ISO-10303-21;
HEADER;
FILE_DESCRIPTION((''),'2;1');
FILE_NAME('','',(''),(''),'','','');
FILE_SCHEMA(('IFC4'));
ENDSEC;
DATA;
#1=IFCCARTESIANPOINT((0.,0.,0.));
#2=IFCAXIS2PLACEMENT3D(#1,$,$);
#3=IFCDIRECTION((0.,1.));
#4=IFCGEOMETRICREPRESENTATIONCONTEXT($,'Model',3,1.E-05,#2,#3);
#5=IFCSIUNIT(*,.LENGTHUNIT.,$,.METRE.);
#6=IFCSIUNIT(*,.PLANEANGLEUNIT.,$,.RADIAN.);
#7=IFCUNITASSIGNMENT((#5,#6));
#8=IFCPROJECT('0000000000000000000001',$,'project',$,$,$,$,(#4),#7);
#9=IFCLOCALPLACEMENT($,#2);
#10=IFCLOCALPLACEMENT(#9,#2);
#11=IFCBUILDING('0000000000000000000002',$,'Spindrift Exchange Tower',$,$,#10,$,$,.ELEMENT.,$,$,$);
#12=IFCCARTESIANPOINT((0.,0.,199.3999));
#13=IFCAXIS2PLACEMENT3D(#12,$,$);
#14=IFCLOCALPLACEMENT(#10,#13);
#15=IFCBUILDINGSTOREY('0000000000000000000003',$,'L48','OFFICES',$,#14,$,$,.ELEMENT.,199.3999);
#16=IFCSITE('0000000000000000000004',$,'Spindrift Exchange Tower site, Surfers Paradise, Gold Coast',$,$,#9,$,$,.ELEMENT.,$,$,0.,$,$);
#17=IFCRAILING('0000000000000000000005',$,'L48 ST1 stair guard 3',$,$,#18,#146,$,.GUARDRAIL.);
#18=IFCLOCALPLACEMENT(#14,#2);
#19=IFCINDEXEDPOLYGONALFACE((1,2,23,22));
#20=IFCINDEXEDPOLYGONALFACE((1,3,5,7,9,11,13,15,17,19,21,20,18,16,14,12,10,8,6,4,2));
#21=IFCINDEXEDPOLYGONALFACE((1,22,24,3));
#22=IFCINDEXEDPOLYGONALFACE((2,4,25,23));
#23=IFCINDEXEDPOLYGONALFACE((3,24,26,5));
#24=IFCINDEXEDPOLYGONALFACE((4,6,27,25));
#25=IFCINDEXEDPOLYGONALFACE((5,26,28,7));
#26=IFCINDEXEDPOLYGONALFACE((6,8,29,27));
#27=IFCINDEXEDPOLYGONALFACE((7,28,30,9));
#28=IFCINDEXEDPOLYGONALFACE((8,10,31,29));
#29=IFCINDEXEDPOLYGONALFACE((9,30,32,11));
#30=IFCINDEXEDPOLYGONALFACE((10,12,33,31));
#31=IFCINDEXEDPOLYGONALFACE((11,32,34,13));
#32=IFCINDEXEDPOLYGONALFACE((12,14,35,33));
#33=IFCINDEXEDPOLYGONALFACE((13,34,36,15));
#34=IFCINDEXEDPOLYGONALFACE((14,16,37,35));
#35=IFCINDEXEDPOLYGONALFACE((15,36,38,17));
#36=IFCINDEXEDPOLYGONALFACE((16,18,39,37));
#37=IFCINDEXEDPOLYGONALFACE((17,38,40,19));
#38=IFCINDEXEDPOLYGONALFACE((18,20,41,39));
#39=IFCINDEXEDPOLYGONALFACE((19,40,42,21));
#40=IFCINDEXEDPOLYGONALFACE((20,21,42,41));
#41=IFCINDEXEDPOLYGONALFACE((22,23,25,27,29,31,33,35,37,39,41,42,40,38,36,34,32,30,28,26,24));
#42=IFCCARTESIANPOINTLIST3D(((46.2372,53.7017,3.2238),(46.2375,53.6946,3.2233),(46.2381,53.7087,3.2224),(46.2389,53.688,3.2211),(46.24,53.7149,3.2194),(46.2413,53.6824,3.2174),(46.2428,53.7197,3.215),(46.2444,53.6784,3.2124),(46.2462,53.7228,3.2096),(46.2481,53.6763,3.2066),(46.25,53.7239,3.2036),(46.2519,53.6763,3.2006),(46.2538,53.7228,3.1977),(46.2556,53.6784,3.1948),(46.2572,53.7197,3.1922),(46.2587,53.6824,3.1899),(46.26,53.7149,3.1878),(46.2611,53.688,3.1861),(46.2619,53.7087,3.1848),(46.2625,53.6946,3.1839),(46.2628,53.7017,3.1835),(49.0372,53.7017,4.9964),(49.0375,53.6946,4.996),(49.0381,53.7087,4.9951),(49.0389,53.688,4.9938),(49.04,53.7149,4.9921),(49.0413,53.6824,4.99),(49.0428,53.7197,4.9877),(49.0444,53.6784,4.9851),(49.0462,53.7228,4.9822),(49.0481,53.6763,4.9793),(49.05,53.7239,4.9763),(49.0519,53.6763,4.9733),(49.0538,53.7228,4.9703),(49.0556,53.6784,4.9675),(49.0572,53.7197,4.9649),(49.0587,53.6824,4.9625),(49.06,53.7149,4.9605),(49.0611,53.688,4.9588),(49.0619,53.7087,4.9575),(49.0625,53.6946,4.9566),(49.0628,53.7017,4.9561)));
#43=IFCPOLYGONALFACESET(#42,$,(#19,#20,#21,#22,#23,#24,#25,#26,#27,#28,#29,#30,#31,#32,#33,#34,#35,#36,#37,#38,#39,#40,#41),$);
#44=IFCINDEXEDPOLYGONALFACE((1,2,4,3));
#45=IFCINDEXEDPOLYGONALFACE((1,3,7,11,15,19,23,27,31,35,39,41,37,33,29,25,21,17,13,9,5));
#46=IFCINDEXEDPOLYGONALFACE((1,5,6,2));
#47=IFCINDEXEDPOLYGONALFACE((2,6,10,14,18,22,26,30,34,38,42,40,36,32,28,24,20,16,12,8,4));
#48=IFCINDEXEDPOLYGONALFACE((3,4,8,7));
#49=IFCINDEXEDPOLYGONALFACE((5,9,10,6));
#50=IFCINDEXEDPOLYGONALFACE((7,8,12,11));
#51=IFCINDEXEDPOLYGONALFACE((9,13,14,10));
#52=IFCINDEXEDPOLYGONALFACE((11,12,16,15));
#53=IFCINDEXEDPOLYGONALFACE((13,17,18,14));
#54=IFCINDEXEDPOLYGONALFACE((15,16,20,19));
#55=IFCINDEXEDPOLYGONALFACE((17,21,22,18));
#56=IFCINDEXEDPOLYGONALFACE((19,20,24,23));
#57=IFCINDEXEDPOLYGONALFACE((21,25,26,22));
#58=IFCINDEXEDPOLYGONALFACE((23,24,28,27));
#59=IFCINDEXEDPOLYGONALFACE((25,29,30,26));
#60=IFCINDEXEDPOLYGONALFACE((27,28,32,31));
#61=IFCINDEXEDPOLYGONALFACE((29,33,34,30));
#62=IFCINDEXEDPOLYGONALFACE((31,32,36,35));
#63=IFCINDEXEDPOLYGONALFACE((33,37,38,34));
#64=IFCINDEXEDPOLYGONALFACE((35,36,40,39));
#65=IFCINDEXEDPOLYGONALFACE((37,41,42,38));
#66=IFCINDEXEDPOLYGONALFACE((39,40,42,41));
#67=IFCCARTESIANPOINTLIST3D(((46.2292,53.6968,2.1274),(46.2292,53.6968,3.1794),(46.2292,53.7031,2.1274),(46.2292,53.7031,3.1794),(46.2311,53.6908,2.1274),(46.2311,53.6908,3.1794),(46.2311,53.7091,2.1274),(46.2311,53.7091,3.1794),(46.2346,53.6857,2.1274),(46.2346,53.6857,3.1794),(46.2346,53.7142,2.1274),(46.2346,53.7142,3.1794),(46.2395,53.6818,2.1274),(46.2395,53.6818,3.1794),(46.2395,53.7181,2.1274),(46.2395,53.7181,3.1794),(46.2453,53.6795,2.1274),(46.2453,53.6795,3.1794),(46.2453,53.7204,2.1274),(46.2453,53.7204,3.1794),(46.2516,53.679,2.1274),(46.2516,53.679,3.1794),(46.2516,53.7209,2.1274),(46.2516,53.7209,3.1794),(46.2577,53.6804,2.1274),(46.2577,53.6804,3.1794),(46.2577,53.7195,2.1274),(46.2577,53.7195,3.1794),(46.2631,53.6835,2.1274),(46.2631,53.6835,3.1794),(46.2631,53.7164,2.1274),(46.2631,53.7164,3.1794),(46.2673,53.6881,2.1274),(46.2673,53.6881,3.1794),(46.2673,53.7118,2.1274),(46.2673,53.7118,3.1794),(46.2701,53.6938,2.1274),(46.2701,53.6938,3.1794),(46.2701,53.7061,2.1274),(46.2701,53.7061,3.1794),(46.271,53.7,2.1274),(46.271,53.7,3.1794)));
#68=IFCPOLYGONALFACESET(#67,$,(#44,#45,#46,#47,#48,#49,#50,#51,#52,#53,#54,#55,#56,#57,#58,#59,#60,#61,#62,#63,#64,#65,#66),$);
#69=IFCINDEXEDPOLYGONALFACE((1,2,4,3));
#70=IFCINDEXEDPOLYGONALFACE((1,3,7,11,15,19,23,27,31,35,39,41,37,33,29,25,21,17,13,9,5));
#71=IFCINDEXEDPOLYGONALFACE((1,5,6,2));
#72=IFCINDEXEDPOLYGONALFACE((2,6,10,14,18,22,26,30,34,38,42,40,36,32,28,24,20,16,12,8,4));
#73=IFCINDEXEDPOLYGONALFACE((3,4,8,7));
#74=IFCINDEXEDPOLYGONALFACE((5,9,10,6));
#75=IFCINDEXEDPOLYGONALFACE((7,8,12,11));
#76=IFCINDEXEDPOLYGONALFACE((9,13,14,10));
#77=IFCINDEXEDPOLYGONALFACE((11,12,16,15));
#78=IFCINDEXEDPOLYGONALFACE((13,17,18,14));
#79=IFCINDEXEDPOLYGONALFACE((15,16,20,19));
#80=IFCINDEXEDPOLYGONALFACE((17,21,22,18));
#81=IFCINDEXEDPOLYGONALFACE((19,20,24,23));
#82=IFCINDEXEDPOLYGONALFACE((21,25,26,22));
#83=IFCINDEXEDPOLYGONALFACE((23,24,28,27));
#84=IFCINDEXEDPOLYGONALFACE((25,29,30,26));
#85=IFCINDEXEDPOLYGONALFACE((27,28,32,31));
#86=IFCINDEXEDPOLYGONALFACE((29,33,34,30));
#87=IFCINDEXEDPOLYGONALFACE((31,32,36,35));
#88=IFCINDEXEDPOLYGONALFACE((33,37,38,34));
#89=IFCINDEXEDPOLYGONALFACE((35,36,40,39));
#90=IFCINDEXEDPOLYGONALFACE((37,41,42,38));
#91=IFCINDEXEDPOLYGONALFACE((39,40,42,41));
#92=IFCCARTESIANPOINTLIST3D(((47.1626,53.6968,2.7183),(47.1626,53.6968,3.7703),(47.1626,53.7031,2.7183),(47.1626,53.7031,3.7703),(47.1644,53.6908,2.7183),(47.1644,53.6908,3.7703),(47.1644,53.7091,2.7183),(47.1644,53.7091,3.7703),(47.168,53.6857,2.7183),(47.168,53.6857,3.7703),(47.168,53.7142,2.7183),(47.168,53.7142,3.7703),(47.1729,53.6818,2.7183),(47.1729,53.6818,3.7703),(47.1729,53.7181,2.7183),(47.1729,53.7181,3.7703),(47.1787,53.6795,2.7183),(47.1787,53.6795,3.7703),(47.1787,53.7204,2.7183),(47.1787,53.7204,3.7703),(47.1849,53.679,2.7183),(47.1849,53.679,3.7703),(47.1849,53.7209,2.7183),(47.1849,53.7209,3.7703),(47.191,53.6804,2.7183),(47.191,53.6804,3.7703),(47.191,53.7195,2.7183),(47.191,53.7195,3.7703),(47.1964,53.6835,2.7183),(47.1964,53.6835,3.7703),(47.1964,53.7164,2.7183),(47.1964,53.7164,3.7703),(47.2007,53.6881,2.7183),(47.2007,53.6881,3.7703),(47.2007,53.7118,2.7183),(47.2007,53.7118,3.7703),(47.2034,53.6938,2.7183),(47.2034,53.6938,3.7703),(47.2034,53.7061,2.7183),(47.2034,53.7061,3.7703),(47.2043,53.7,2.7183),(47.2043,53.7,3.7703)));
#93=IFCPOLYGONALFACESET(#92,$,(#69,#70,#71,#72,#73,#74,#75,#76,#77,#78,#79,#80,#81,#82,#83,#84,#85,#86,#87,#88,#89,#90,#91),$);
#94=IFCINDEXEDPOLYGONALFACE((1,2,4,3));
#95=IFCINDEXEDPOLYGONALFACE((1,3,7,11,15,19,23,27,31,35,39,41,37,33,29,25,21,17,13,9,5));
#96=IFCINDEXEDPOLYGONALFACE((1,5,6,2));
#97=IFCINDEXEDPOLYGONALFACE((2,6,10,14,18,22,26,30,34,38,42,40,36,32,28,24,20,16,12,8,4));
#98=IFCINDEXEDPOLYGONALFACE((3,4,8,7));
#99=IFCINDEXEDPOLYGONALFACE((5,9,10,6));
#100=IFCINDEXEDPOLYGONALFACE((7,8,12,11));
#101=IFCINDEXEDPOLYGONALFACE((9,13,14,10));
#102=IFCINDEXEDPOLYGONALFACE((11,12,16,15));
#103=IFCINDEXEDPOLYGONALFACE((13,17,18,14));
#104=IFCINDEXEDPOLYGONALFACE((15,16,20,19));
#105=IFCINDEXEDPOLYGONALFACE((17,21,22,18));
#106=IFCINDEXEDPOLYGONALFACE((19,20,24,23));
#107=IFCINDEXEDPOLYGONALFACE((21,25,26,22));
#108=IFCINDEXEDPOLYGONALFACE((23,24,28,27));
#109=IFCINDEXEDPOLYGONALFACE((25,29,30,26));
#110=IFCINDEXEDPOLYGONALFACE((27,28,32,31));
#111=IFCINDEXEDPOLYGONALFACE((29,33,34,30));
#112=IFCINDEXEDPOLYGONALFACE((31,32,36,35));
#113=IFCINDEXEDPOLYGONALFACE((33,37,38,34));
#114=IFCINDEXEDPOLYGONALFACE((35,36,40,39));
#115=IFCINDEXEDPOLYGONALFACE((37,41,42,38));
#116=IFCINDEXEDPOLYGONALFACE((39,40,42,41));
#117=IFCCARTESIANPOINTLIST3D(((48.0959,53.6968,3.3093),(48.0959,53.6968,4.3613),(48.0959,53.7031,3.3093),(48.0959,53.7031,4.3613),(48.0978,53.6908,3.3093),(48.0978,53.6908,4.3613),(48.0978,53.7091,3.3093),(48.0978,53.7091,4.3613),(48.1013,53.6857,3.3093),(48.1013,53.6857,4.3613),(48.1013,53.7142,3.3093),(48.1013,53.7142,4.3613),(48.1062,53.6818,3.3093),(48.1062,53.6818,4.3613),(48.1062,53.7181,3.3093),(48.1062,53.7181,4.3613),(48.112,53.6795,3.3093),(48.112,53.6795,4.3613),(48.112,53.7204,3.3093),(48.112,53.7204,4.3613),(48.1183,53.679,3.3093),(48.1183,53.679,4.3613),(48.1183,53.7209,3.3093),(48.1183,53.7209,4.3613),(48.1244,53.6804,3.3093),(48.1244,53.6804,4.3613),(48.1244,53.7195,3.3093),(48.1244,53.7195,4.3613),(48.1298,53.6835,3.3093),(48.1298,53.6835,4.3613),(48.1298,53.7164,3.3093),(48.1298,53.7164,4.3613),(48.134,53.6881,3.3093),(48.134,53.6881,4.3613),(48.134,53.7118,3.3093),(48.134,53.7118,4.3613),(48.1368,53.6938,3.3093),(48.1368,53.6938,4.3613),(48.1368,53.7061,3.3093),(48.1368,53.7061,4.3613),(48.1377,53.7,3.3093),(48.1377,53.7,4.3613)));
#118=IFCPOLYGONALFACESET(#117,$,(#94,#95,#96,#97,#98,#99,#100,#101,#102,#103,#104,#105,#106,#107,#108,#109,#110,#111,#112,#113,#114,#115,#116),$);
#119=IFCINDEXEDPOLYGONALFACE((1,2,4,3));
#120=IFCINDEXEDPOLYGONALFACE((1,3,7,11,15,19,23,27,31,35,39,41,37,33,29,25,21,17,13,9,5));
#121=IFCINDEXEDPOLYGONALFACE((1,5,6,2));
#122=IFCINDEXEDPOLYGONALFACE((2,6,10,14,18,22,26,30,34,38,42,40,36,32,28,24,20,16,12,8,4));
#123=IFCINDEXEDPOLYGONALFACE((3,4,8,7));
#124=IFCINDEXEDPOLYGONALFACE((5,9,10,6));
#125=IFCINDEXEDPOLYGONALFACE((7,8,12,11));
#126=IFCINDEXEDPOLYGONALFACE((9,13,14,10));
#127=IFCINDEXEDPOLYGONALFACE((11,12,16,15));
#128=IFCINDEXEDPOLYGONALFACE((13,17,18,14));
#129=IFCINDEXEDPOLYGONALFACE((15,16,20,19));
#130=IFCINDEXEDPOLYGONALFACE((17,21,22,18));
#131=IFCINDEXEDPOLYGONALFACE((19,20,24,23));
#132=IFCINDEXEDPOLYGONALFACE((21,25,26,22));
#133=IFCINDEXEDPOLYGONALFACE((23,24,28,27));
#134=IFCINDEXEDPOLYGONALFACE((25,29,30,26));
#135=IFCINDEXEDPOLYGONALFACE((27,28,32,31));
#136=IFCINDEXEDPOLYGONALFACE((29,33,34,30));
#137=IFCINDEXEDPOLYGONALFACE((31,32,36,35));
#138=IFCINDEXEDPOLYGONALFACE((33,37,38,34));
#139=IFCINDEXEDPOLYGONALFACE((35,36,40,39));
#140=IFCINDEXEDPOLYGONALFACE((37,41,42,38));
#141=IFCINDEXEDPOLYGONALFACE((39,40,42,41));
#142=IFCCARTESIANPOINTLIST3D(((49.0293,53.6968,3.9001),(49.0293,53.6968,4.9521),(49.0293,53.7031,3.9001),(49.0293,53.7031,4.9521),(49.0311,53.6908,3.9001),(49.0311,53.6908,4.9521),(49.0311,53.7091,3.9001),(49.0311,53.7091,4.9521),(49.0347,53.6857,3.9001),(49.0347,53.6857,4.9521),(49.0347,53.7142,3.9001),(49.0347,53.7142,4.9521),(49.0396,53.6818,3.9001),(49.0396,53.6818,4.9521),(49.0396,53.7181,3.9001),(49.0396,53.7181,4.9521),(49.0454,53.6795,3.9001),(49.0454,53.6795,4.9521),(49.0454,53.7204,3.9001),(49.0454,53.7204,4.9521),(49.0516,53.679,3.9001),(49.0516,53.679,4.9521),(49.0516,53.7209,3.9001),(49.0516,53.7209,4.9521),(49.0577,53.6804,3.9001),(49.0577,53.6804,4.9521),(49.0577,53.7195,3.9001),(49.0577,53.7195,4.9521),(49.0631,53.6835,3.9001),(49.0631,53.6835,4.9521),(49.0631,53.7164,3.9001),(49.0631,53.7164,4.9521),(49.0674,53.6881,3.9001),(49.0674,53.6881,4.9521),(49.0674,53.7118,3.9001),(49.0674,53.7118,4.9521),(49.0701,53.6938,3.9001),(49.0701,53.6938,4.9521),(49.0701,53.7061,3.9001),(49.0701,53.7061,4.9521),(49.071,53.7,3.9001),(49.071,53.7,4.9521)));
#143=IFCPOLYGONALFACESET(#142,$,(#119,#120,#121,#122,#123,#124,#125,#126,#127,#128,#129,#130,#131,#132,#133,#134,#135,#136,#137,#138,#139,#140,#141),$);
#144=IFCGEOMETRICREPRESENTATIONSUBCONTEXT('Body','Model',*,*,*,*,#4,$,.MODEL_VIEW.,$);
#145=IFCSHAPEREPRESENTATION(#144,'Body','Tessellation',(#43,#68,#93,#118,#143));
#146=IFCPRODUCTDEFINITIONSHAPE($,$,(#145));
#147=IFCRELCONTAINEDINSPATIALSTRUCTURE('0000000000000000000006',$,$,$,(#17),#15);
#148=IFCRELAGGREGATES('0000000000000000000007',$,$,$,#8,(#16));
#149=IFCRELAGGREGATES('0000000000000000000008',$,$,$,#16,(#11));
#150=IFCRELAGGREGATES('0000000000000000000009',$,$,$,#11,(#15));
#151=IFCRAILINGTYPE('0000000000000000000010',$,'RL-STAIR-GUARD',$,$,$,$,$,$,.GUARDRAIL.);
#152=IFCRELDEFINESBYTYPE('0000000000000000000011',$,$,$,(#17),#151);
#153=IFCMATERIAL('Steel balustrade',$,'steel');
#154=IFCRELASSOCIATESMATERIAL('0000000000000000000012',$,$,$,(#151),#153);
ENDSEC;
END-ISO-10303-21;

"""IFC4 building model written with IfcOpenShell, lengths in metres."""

from ifc_helpers import new_model, si_unit, direction, frame, origin, origin_2d, place, context, subcontext, project, spatial, circle, extrude, material, type_object, element, save


model = new_model("IFC4")

# Units and contexts
model_context = context("Model", 3, precision=1e-05, world=origin(), true_north=direction((0.0, 1.0)))
body_context = subcontext(model_context, "Body", "Model", "MODEL_VIEW")
ifc_project = project(units=[si_unit("LENGTHUNIT", "METRE"), si_unit("PLANEANGLEUNIT", "RADIAN")], contexts=[model_context])

# Site, building, storey
site_placement = place(None, origin())
site = spatial("IfcSite", under=ifc_project, at=site_placement, Name="Spindrift Exchange Tower site, Surfers Paradise, Gold Coast", CompositionType="ELEMENT", RefElevation=0.0)
building_placement = place(site_placement, origin())
building = spatial("IfcBuilding", under=site, at=building_placement, Name="Spindrift Exchange Tower", CompositionType="ELEMENT")
storey_placement = place(building_placement, frame((0.0, 0.0, 199.3999)))
storey = spatial("IfcBuildingStorey", under=building, at=storey_placement, Name="L48", Description="OFFICES", CompositionType="ELEMENT", Elevation=199.3999)

# Railing
ifc_material_1 = material(Name="Steel balustrade", Category="steel")
railing_type_1 = type_object("IfcRailingType", Name="RL-STAIR-GUARD", PredefinedType="GUARDRAIL", material=ifc_material_1)
railing_1_placement = place(storey_placement, frame((46.25, 53.7, 2.1274)))
element("IfcRailing", 1, at=railing_1_placement, inside=storey, type_object=railing_type_1, Name="L48 ST1 stair guard 3", PredefinedType="GUARDRAIL", context=body_context, shape_type="SweptSolid", body=[
    extrude(circle(Radius=0.0239, at=origin_2d()), frame((0.0, 0.0, 1.0762), z_axis=(0.844909, 0.0, 0.53491), x_axis=(0.0, 1.0, 0.0)), (0.0, 0.0, 1.0), 3.314),
    extrude(circle(Radius=0.021, at=origin_2d()), origin(), (0.0, 0.0, 1.0), 1.052),
    extrude(circle(Radius=0.021, at=origin_2d()), frame((0.9333, 0.0, 0.5908)), (0.0, 0.0, 1.0), 1.052),
    extrude(circle(Radius=0.021, at=origin_2d()), frame((1.8667, 0.0, 1.1819)), (0.0, 0.0, 1.0), 1.052),
    extrude(circle(Radius=0.021, at=origin_2d()), frame((2.8, 0.0, 1.7727)), (0.0, 0.0, 1.0), 1.052),
])

save(model, "model.ifc")
